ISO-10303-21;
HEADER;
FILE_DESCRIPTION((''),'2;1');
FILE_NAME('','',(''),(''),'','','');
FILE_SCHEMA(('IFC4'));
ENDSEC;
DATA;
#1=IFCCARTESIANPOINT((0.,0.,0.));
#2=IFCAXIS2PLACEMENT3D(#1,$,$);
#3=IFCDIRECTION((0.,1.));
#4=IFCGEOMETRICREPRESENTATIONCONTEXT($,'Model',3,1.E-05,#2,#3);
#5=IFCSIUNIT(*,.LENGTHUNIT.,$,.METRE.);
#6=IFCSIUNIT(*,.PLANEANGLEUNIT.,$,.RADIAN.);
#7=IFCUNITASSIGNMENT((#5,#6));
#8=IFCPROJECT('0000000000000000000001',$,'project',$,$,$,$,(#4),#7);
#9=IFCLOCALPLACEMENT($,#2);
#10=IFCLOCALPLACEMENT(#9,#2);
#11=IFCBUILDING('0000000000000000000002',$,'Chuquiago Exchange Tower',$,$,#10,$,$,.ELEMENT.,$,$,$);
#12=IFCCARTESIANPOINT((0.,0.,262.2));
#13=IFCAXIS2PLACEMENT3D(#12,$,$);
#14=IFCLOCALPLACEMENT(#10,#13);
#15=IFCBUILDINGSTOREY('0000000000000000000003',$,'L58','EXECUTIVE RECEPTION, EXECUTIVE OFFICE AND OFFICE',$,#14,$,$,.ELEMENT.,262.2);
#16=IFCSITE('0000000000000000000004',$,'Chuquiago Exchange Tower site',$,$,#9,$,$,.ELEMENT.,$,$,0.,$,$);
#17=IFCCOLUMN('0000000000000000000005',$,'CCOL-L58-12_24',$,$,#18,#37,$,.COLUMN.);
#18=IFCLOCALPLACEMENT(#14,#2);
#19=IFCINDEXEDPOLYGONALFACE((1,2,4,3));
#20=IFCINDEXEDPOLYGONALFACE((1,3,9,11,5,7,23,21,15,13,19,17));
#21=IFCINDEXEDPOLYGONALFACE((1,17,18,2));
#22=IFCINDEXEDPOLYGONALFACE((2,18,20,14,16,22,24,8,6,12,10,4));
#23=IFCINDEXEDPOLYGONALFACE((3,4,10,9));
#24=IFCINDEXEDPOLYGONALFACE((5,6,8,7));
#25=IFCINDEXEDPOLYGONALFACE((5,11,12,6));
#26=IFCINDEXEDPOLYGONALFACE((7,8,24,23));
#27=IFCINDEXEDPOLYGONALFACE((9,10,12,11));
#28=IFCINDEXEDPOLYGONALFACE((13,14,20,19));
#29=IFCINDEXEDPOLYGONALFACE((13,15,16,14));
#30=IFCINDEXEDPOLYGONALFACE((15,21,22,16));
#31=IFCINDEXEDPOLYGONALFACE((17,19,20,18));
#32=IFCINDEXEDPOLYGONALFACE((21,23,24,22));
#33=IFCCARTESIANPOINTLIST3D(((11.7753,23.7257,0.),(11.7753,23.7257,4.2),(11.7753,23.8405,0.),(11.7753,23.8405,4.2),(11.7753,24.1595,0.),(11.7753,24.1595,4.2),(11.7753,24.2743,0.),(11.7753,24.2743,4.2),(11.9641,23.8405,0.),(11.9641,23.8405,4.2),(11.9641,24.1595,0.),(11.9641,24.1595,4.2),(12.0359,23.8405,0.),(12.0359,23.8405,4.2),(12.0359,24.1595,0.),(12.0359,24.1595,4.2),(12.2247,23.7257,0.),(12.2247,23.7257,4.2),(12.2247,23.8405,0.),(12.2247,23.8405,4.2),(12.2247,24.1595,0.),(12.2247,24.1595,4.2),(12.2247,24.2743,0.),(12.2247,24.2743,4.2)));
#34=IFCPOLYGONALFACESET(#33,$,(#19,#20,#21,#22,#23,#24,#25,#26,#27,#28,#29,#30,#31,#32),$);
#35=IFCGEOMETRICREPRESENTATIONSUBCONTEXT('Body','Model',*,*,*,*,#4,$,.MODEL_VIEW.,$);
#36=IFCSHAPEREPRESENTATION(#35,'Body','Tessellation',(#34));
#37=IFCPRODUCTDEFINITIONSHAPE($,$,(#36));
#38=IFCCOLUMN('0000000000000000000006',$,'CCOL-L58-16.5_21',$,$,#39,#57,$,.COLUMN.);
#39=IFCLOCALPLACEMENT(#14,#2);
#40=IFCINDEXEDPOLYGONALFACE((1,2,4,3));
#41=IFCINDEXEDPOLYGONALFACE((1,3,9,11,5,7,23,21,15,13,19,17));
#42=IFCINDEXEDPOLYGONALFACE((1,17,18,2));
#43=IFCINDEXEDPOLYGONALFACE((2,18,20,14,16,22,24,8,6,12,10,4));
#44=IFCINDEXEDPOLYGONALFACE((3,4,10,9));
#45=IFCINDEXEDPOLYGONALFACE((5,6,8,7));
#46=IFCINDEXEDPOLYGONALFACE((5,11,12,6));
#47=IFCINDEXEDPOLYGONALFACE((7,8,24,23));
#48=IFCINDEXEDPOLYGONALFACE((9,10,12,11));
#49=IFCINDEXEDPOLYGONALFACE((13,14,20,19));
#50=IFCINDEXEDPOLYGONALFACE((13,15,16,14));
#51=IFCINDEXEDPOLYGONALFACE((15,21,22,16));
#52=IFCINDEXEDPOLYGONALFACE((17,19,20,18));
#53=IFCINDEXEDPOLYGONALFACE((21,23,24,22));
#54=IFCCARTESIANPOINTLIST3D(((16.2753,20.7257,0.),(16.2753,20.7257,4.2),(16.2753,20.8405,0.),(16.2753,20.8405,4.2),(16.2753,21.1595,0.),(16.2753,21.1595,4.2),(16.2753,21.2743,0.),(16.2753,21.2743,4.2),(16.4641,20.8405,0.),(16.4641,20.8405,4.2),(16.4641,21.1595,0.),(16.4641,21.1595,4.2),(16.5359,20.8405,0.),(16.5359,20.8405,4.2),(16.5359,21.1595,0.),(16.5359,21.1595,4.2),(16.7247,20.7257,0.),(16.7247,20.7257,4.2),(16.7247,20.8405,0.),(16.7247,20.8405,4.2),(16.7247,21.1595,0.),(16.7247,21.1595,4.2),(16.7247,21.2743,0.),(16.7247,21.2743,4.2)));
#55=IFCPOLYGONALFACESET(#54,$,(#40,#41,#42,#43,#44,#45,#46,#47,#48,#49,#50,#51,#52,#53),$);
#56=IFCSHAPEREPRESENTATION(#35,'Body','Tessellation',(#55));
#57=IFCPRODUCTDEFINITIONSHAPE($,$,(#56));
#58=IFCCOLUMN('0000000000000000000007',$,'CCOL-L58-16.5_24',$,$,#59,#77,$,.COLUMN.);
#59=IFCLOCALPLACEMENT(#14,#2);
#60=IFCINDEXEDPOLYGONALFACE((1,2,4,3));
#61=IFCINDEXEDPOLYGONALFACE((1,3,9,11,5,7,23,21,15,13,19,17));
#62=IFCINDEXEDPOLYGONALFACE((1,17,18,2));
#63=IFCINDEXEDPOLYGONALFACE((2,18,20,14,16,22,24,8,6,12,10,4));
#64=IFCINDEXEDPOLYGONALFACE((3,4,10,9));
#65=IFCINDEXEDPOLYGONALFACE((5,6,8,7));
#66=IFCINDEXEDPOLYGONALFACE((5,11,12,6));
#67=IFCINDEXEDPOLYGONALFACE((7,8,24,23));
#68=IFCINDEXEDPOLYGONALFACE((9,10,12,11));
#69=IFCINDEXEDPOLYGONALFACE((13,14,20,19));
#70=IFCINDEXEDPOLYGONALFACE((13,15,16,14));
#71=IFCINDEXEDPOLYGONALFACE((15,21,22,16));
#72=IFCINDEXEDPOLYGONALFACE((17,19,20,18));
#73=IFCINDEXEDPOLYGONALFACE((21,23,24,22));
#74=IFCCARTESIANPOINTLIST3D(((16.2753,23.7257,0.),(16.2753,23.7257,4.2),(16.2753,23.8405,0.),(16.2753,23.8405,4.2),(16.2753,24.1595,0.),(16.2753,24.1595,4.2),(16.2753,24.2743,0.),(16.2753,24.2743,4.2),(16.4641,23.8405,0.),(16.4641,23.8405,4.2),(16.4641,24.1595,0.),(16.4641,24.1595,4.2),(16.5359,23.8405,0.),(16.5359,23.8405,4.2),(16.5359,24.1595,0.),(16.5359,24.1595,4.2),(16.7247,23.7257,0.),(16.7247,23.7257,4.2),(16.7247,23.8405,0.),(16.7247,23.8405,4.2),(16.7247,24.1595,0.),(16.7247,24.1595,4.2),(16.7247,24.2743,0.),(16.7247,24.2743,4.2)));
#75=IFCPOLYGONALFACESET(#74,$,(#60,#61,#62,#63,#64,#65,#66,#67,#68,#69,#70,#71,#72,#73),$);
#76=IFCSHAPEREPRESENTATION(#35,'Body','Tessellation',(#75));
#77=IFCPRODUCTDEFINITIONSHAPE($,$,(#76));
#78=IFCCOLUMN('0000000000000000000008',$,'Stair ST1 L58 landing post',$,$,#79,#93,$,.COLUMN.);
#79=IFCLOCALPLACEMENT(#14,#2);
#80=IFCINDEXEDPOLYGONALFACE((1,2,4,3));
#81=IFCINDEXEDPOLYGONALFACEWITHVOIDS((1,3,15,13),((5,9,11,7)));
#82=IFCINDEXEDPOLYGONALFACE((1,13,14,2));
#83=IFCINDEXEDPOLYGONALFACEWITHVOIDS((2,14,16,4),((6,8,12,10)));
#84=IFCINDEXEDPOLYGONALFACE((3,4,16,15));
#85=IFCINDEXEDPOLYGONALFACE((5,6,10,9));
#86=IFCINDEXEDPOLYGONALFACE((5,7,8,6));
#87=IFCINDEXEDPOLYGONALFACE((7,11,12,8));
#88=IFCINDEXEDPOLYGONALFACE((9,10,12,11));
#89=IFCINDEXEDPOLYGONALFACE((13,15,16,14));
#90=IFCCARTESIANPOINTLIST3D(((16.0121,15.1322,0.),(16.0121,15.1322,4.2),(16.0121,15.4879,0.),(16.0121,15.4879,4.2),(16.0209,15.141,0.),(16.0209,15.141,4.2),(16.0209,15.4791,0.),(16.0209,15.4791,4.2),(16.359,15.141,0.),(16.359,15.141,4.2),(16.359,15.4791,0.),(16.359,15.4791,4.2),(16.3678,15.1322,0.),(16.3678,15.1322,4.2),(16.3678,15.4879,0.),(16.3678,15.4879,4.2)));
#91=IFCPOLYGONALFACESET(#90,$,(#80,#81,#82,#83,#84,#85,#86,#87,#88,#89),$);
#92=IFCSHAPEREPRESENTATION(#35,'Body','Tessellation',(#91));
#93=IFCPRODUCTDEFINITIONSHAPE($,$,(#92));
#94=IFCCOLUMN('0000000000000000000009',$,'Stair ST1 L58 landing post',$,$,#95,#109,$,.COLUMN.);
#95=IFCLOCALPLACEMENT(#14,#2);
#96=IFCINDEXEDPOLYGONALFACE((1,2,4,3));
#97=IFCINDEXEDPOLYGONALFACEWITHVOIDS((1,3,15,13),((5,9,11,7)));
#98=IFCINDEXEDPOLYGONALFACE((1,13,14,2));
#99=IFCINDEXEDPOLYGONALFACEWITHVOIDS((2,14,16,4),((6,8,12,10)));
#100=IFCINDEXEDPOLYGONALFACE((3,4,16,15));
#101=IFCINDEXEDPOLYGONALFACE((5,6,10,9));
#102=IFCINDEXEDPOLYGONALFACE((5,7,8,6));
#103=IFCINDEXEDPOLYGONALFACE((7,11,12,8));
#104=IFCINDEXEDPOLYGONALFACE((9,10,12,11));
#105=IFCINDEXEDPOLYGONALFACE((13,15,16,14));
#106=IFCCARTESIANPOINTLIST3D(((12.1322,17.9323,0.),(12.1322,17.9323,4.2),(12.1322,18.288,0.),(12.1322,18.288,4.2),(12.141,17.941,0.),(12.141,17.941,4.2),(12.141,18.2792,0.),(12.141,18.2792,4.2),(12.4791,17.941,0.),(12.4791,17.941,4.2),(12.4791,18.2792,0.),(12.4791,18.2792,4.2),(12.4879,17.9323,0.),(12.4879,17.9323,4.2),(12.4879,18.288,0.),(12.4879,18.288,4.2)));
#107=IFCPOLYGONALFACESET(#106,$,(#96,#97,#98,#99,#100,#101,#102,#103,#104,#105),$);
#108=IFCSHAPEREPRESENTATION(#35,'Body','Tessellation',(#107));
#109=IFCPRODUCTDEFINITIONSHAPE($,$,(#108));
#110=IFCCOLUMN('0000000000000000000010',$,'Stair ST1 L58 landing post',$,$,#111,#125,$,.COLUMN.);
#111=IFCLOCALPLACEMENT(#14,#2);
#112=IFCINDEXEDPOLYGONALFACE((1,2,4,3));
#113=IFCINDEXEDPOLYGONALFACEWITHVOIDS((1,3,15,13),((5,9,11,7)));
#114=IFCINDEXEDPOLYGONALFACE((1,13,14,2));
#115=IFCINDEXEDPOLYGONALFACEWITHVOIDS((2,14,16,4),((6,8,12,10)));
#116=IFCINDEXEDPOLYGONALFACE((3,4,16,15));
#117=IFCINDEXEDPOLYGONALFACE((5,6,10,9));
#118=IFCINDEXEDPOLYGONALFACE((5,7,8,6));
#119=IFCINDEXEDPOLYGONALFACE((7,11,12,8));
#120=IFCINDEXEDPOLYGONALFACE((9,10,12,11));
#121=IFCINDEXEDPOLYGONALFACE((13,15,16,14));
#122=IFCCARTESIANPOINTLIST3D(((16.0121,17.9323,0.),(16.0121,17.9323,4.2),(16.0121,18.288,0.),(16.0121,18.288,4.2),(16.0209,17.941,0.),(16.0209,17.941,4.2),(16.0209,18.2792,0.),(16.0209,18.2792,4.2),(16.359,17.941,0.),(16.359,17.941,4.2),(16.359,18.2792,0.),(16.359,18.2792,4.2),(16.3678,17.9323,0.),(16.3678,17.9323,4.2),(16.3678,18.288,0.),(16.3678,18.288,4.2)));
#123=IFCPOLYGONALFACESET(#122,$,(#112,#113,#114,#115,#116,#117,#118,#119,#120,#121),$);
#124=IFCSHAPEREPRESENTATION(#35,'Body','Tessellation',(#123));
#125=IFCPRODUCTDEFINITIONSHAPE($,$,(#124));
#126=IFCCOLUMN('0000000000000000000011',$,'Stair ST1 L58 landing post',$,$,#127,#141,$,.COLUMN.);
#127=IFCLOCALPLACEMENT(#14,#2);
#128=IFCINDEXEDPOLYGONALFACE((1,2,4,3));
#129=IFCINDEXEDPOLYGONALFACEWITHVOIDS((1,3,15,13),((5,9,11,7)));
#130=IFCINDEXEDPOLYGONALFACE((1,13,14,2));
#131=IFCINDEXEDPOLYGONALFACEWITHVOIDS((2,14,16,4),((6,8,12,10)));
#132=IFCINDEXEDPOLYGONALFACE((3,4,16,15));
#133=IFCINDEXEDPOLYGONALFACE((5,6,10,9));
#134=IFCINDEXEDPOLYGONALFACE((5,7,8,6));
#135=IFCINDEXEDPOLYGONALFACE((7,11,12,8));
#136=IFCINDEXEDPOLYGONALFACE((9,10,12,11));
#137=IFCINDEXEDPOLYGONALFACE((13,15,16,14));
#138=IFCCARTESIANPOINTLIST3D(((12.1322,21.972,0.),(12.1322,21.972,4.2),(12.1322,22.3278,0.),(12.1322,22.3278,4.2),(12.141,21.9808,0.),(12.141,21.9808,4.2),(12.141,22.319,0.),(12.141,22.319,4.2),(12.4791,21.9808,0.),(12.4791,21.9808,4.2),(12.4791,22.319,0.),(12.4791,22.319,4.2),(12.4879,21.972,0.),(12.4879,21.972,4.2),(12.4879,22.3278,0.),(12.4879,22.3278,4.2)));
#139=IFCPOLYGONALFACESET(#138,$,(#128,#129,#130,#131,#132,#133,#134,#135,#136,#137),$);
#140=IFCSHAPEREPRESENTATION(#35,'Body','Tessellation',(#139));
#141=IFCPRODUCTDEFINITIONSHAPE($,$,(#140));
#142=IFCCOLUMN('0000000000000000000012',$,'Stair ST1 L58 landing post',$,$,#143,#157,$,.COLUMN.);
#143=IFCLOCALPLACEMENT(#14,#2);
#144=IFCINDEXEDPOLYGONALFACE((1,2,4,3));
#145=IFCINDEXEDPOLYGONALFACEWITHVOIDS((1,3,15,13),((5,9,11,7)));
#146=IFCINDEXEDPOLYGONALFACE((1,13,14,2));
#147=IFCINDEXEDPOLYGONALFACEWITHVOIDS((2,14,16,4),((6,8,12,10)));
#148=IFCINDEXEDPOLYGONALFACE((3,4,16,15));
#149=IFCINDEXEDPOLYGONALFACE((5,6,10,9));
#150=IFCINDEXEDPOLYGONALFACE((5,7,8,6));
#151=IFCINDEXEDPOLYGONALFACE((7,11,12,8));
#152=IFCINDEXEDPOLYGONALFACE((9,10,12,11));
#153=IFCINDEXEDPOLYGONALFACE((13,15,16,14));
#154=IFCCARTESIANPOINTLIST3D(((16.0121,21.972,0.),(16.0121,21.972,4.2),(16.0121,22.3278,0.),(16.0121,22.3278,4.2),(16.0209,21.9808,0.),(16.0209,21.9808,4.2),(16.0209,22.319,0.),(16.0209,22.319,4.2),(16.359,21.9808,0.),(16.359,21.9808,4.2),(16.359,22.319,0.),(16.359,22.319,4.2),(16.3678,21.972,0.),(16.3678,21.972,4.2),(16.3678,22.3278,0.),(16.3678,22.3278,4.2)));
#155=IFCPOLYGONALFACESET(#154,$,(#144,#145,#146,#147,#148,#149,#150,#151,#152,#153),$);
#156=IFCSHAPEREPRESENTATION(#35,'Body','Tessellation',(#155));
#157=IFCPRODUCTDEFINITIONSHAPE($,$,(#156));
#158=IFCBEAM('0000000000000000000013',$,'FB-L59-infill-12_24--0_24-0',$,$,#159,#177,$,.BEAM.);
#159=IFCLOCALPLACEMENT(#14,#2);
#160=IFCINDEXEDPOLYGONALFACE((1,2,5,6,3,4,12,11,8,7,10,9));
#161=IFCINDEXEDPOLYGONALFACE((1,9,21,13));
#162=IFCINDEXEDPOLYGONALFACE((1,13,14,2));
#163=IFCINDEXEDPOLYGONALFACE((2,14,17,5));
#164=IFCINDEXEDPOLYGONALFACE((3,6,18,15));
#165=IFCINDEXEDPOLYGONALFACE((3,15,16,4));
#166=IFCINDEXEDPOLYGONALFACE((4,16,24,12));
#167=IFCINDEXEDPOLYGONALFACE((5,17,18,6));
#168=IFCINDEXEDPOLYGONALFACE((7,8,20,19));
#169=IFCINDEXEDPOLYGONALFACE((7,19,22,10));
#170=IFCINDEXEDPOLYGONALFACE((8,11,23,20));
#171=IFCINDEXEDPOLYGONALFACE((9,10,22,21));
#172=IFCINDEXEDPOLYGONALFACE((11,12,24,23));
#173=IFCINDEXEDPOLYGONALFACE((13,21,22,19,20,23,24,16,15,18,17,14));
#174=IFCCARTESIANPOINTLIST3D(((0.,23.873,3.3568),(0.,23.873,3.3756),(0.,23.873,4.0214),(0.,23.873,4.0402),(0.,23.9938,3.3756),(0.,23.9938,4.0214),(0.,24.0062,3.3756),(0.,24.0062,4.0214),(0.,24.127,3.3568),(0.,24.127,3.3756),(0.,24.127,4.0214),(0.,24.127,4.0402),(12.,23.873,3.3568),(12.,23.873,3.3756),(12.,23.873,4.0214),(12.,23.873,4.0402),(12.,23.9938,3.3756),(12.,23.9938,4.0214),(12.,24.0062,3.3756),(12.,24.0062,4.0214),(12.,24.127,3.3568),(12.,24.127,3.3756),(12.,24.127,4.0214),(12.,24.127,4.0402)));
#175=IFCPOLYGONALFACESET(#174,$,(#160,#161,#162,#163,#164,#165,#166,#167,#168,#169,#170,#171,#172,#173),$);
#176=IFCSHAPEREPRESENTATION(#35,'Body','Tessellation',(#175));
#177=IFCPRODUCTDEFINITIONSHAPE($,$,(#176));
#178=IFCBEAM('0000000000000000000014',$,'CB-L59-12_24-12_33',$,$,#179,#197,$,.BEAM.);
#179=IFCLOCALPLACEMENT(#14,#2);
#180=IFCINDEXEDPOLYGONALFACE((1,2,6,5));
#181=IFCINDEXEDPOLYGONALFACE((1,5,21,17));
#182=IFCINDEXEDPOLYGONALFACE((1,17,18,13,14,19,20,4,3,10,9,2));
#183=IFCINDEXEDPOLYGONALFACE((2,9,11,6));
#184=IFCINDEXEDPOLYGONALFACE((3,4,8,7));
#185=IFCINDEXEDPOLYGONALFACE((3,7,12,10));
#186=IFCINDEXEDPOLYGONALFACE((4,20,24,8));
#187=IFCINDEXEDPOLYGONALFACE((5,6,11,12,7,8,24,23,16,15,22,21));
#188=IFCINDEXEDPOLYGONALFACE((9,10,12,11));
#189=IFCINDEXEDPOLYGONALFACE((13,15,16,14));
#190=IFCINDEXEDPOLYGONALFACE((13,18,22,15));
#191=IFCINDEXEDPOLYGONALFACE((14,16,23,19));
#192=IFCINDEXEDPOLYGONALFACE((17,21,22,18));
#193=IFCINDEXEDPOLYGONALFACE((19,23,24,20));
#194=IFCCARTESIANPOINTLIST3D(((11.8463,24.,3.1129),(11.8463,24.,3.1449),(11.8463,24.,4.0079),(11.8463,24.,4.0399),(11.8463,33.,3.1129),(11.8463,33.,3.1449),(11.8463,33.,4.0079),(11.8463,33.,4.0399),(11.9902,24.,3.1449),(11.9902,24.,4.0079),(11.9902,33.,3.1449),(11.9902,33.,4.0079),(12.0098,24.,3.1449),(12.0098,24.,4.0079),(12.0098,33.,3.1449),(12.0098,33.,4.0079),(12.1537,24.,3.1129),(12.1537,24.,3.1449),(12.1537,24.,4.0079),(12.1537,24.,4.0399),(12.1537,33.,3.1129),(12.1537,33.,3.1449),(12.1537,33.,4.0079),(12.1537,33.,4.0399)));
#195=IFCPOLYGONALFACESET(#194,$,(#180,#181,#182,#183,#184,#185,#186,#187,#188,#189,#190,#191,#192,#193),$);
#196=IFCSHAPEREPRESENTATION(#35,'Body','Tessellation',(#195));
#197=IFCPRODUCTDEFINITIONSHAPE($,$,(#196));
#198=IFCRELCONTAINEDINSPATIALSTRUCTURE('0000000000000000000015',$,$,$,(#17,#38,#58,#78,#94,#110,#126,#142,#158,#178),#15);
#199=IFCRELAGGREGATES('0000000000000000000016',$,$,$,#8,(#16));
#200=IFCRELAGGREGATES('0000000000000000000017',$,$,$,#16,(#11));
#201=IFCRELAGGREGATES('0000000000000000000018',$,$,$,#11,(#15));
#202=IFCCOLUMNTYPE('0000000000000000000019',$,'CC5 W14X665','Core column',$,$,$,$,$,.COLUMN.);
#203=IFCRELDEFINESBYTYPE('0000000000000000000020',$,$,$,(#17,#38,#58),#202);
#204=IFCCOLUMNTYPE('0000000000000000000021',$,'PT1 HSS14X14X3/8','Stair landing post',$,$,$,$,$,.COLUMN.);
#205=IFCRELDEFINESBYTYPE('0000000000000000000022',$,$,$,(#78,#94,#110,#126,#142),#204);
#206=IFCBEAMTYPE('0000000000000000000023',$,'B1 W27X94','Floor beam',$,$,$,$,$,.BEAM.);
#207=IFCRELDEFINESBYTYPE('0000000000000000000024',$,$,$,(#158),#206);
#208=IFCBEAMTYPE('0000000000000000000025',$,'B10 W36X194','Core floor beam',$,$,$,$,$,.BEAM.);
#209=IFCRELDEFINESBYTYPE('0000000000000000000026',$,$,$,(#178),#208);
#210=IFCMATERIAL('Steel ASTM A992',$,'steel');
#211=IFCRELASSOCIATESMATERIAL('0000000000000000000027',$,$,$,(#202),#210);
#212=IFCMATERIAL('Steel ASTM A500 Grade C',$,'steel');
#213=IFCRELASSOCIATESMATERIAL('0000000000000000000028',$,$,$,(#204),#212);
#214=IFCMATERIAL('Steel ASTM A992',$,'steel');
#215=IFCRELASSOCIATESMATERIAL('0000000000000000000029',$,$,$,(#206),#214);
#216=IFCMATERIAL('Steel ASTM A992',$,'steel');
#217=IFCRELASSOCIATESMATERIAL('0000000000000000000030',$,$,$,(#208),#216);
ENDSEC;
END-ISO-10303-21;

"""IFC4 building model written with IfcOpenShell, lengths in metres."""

from ifc_helpers import new_model, si_unit, direction, frame, origin, origin_2d, place, context, subcontext, project, spatial, hollow_rectangle, i_section, extrude, material, material_profile, profile_set, type_object, element, save


model = new_model("IFC4")

# Units and contexts
model_context = context("Model", 3, precision=1e-05, world=origin(), true_north=direction((0.0, 1.0)))
body_context = subcontext(model_context, "Body", "Model", "MODEL_VIEW")
ifc_project = project(units=[si_unit("LENGTHUNIT", "METRE"), si_unit("PLANEANGLEUNIT", "RADIAN")], contexts=[model_context])

# Site, building, storey
site_placement = place(None, origin())
site = spatial("IfcSite", under=ifc_project, at=site_placement, Name="Chuquiago Exchange Tower site", CompositionType="ELEMENT", RefElevation=0.0)
building_placement = place(site_placement, origin())
building = spatial("IfcBuilding", under=site, at=building_placement, Name="Chuquiago Exchange Tower", CompositionType="ELEMENT")
storey_placement = place(building_placement, frame((0.0, 0.0, 262.2)))
storey = spatial("IfcBuildingStorey", under=building, at=storey_placement, Name="L58", Description="EXECUTIVE RECEPTION, EXECUTIVE OFFICE AND OFFICE", CompositionType="ELEMENT", Elevation=262.2)

# Columns
ifc_material_1 = material(Name="Steel ASTM A992", Category="steel")
ifc_material_profile_1 = material_profile(ifc_material_1, i_section(OverallWidth=0.4495, OverallDepth=0.5486, WebThickness=0.0718, FlangeThickness=0.1147, at=origin_2d()), Name="W14X665")
ifc_profile_set_1 = profile_set([ifc_material_profile_1], Name="Steel ASTM A992")
column_type_1 = type_object("IfcColumnType", Name="CC5 W14X665", Description="Core column", PredefinedType="COLUMN", material=ifc_profile_set_1)
for number, where, z_axis, x_axis, name in (
    (1, (12.0, 24.0, 0.0), (0.0, 0.0, 1.0), (1.0, 0.0, 0.0), "CCOL-L58-12_24"),
    (2, (16.5, 21.0, 0.0), (0.0, 0.0, 1.0), (1.0, 0.0, 0.0), "CCOL-L58-16.5_21"),
    (3, (16.5, 24.0, 0.0), (0.0, 0.0, 1.0), (1.0, 0.0, 0.0), "CCOL-L58-16.5_24"),
):
    element("IfcColumn", number, at=place(storey_placement, frame(where, z_axis=z_axis, x_axis=x_axis)), inside=storey, type_object=column_type_1, Name=name, PredefinedType="COLUMN", context=body_context, shape_type="SweptSolid", body=[
        extrude(i_section(OverallWidth=0.4495, OverallDepth=0.5486, WebThickness=0.0718, FlangeThickness=0.1147, at=origin_2d()), origin(), (0.0, 0.0, 1.0), 4.2),
    ])
ifc_material_2 = material(Name="Steel ASTM A500 Grade C", Category="steel")
ifc_material_profile_2 = material_profile(ifc_material_2, hollow_rectangle(XDim=0.3557, YDim=0.3557, WallThickness=0.0088, at=origin_2d()), Name="HSS14X14X3/8")
ifc_profile_set_2 = profile_set([ifc_material_profile_2], Name="Steel ASTM A500 Grade C")
column_type_2 = type_object("IfcColumnType", Name="PT1 HSS14X14X3/8", Description="Stair landing post", PredefinedType="COLUMN", material=ifc_profile_set_2)
for number, where, z_axis, x_axis, name in (
    (4, (16.1899, 15.3101, 0.0), (0.0, 0.0, 1.0), (1.0, 0.0, 0.0), "Stair ST1 L58 landing post"),
    (5, (12.3101, 18.1101, 0.0), (0.0, 0.0, 1.0), (1.0, 0.0, 0.0), "Stair ST1 L58 landing post"),
    (6, (16.1899, 18.1101, 0.0), (0.0, 0.0, 1.0), (1.0, 0.0, 0.0), "Stair ST1 L58 landing post"),
    (7, (12.3101, 22.1499, 0.0), (0.0, 0.0, 1.0), (1.0, 0.0, 0.0), "Stair ST1 L58 landing post"),
    (8, (16.1899, 22.1499, 0.0), (0.0, 0.0, 1.0), (1.0, 0.0, 0.0), "Stair ST1 L58 landing post"),
):
    element("IfcColumn", number, at=place(storey_placement, frame(where, z_axis=z_axis, x_axis=x_axis)), inside=storey, type_object=column_type_2, Name=name, PredefinedType="COLUMN", context=body_context, shape_type="SweptSolid", body=[
        extrude(hollow_rectangle(XDim=0.3557, YDim=0.3557, WallThickness=0.0088, at=origin_2d()), origin(), (0.0, 0.0, 1.0), 4.2),
    ])

# Beams
ifc_material_3 = material(Name="Steel ASTM A992", Category="steel")
ifc_material_profile_3 = material_profile(ifc_material_3, i_section(OverallWidth=0.2539, OverallDepth=0.6833, WebThickness=0.0125, FlangeThickness=0.0188, at=origin_2d()), Name="W27X94")
ifc_profile_set_3 = profile_set([ifc_material_profile_3], Name="Steel ASTM A992")
beam_type_1 = type_object("IfcBeamType", Name="B1 W27X94", Description="Floor beam", PredefinedType="BEAM", material=ifc_profile_set_3)
beam_1_placement = place(storey_placement, frame((12.0, 24.0, 3.6985), z_axis=(-1.0, 0.0, 0.0), x_axis=(0.0, -1.0, 0.0)))
element("IfcBeam", 9, at=beam_1_placement, inside=storey, type_object=beam_type_1, Name="FB-L59-infill-12_24--0_24-0", PredefinedType="BEAM", context=body_context, shape_type="SweptSolid", body=[
    extrude(i_section(OverallWidth=0.2539, OverallDepth=0.6833, WebThickness=0.0125, FlangeThickness=0.0188, at=origin_2d()), origin(), (0.0, 0.0, 1.0), 12.0),
])
ifc_material_4 = material(Name="Steel ASTM A992", Category="steel")
ifc_material_profile_4 = material_profile(ifc_material_4, i_section(OverallWidth=0.3074, OverallDepth=0.927, WebThickness=0.0195, FlangeThickness=0.032, at=origin_2d()), Name="W36X194")
ifc_profile_set_4 = profile_set([ifc_material_profile_4], Name="Steel ASTM A992")
beam_type_2 = type_object("IfcBeamType", Name="B10 W36X194", Description="Core floor beam", PredefinedType="BEAM", material=ifc_profile_set_4)
for number, where, z_axis, x_axis, name in (
    (10, (12.0, 24.0, 3.5764), (0.0, 1.0, 0.0), (-1.0, 0.0, 0.0), "CB-L59-12_24-12_33"),
):
    element("IfcBeam", number, at=place(storey_placement, frame(where, z_axis=z_axis, x_axis=x_axis)), inside=storey, type_object=beam_type_2, Name=name, PredefinedType="BEAM", context=body_context, shape_type="SweptSolid", body=[
        extrude(i_section(OverallWidth=0.3074, OverallDepth=0.927, WebThickness=0.0195, FlangeThickness=0.032, at=origin_2d()), origin(), (0.0, 0.0, 1.0), 9.0),
    ])

save(model, "model.ifc")
